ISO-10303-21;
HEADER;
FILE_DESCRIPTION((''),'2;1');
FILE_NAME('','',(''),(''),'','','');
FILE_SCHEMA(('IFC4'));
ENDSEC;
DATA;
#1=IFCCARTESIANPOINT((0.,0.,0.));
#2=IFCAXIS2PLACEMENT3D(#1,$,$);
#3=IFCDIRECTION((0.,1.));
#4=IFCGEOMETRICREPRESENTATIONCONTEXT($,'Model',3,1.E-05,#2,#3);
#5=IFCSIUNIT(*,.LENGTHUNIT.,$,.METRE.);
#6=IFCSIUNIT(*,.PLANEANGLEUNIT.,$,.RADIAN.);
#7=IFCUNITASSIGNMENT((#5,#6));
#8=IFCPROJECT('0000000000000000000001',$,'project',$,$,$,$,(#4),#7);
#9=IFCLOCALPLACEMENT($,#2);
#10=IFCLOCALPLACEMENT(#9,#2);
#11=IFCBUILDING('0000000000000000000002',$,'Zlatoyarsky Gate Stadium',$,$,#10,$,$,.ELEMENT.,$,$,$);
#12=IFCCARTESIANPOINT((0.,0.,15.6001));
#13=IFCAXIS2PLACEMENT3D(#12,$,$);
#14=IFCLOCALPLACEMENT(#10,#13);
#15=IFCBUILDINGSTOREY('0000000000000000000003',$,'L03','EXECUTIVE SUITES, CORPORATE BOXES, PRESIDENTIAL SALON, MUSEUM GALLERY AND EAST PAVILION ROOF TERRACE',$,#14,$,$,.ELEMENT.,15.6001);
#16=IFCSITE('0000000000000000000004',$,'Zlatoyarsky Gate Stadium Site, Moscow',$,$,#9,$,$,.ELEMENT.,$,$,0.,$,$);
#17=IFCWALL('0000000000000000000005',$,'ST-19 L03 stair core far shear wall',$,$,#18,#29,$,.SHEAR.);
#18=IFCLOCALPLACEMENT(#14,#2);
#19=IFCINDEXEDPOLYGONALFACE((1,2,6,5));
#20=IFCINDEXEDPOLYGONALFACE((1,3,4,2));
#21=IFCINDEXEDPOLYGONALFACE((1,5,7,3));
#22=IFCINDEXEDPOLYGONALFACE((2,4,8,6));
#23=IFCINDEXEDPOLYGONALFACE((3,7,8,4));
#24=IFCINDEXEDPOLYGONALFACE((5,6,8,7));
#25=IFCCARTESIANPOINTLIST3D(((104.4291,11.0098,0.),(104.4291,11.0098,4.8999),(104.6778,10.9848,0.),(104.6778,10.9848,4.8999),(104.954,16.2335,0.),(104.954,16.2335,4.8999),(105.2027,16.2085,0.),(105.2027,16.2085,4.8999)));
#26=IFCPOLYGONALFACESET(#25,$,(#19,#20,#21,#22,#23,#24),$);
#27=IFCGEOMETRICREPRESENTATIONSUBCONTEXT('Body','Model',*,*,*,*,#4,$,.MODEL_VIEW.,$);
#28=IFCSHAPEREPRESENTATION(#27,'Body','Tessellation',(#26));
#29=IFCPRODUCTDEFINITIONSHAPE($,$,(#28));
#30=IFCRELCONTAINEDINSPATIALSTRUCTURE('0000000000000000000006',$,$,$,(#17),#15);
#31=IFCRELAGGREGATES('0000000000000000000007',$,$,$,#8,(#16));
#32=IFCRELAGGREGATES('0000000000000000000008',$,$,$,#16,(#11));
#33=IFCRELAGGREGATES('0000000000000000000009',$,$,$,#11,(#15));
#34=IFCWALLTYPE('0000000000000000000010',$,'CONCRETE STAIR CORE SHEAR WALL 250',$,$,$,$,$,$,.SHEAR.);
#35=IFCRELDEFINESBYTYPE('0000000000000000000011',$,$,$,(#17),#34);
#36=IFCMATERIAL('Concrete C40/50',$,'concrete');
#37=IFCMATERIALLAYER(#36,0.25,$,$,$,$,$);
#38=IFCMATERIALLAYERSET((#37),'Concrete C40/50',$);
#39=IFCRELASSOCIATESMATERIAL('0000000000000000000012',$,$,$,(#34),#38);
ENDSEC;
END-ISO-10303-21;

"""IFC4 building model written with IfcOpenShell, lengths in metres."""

from ifc_helpers import new_model, si_unit, direction, frame, frame_2d, origin, place, context, subcontext, project, spatial, rectangle, extrude, material, layer, layer_set, type_object, element, save


model = new_model("IFC4")

# Units and contexts
model_context = context("Model", 3, precision=1e-05, world=origin(), true_north=direction((0.0, 1.0)))
body_context = subcontext(model_context, "Body", "Model", "MODEL_VIEW")
ifc_project = project(units=[si_unit("LENGTHUNIT", "METRE"), si_unit("PLANEANGLEUNIT", "RADIAN")], contexts=[model_context])

# Site, building, storey
site_placement = place(None, origin())
site = spatial("IfcSite", under=ifc_project, at=site_placement, Name="Zlatoyarsky Gate Stadium Site, Moscow", CompositionType="ELEMENT", RefElevation=0.0)
building_placement = place(site_placement, origin())
building = spatial("IfcBuilding", under=site, at=building_placement, Name="Zlatoyarsky Gate Stadium", CompositionType="ELEMENT")
storey_placement = place(building_placement, frame((0.0, 0.0, 15.6001)))
storey = spatial("IfcBuildingStorey", under=building, at=storey_placement, Name="L03", Description="EXECUTIVE SUITES, CORPORATE BOXES, PRESIDENTIAL SALON, MUSEUM GALLERY AND EAST PAVILION ROOF TERRACE", CompositionType="ELEMENT", Elevation=15.6001)

# Wall
ifc_material_1 = material(Name="Concrete C40/50", Category="concrete")
ifc_layer_1 = layer(ifc_material_1, 0.25)
ifc_layer_set_1 = layer_set([ifc_layer_1], Name="Concrete C40/50")
wall_type_1 = type_object("IfcWallType", Name="CONCRETE STAIR CORE SHEAR WALL 250", PredefinedType="SHEAR", material=ifc_layer_set_1)
wall_1_placement = place(storey_placement, frame((104.5535, 10.9973, 0.0), z_axis=(0.0, 0.0, 1.0), x_axis=(0.099983, 0.994989, 0.0)))
element("IfcWall", 1, at=wall_1_placement, inside=storey, type_object=wall_type_1, Name="ST-19 L03 stair core far shear wall", PredefinedType="SHEAR", context=body_context, shape_type="SweptSolid", body=[
    extrude(rectangle(XDim=5.25, YDim=0.25, at=frame_2d((2.625, 0.0))), origin(), (0.0, 0.0, 1.0), 4.8999),
])

save(model, "model.ifc")
